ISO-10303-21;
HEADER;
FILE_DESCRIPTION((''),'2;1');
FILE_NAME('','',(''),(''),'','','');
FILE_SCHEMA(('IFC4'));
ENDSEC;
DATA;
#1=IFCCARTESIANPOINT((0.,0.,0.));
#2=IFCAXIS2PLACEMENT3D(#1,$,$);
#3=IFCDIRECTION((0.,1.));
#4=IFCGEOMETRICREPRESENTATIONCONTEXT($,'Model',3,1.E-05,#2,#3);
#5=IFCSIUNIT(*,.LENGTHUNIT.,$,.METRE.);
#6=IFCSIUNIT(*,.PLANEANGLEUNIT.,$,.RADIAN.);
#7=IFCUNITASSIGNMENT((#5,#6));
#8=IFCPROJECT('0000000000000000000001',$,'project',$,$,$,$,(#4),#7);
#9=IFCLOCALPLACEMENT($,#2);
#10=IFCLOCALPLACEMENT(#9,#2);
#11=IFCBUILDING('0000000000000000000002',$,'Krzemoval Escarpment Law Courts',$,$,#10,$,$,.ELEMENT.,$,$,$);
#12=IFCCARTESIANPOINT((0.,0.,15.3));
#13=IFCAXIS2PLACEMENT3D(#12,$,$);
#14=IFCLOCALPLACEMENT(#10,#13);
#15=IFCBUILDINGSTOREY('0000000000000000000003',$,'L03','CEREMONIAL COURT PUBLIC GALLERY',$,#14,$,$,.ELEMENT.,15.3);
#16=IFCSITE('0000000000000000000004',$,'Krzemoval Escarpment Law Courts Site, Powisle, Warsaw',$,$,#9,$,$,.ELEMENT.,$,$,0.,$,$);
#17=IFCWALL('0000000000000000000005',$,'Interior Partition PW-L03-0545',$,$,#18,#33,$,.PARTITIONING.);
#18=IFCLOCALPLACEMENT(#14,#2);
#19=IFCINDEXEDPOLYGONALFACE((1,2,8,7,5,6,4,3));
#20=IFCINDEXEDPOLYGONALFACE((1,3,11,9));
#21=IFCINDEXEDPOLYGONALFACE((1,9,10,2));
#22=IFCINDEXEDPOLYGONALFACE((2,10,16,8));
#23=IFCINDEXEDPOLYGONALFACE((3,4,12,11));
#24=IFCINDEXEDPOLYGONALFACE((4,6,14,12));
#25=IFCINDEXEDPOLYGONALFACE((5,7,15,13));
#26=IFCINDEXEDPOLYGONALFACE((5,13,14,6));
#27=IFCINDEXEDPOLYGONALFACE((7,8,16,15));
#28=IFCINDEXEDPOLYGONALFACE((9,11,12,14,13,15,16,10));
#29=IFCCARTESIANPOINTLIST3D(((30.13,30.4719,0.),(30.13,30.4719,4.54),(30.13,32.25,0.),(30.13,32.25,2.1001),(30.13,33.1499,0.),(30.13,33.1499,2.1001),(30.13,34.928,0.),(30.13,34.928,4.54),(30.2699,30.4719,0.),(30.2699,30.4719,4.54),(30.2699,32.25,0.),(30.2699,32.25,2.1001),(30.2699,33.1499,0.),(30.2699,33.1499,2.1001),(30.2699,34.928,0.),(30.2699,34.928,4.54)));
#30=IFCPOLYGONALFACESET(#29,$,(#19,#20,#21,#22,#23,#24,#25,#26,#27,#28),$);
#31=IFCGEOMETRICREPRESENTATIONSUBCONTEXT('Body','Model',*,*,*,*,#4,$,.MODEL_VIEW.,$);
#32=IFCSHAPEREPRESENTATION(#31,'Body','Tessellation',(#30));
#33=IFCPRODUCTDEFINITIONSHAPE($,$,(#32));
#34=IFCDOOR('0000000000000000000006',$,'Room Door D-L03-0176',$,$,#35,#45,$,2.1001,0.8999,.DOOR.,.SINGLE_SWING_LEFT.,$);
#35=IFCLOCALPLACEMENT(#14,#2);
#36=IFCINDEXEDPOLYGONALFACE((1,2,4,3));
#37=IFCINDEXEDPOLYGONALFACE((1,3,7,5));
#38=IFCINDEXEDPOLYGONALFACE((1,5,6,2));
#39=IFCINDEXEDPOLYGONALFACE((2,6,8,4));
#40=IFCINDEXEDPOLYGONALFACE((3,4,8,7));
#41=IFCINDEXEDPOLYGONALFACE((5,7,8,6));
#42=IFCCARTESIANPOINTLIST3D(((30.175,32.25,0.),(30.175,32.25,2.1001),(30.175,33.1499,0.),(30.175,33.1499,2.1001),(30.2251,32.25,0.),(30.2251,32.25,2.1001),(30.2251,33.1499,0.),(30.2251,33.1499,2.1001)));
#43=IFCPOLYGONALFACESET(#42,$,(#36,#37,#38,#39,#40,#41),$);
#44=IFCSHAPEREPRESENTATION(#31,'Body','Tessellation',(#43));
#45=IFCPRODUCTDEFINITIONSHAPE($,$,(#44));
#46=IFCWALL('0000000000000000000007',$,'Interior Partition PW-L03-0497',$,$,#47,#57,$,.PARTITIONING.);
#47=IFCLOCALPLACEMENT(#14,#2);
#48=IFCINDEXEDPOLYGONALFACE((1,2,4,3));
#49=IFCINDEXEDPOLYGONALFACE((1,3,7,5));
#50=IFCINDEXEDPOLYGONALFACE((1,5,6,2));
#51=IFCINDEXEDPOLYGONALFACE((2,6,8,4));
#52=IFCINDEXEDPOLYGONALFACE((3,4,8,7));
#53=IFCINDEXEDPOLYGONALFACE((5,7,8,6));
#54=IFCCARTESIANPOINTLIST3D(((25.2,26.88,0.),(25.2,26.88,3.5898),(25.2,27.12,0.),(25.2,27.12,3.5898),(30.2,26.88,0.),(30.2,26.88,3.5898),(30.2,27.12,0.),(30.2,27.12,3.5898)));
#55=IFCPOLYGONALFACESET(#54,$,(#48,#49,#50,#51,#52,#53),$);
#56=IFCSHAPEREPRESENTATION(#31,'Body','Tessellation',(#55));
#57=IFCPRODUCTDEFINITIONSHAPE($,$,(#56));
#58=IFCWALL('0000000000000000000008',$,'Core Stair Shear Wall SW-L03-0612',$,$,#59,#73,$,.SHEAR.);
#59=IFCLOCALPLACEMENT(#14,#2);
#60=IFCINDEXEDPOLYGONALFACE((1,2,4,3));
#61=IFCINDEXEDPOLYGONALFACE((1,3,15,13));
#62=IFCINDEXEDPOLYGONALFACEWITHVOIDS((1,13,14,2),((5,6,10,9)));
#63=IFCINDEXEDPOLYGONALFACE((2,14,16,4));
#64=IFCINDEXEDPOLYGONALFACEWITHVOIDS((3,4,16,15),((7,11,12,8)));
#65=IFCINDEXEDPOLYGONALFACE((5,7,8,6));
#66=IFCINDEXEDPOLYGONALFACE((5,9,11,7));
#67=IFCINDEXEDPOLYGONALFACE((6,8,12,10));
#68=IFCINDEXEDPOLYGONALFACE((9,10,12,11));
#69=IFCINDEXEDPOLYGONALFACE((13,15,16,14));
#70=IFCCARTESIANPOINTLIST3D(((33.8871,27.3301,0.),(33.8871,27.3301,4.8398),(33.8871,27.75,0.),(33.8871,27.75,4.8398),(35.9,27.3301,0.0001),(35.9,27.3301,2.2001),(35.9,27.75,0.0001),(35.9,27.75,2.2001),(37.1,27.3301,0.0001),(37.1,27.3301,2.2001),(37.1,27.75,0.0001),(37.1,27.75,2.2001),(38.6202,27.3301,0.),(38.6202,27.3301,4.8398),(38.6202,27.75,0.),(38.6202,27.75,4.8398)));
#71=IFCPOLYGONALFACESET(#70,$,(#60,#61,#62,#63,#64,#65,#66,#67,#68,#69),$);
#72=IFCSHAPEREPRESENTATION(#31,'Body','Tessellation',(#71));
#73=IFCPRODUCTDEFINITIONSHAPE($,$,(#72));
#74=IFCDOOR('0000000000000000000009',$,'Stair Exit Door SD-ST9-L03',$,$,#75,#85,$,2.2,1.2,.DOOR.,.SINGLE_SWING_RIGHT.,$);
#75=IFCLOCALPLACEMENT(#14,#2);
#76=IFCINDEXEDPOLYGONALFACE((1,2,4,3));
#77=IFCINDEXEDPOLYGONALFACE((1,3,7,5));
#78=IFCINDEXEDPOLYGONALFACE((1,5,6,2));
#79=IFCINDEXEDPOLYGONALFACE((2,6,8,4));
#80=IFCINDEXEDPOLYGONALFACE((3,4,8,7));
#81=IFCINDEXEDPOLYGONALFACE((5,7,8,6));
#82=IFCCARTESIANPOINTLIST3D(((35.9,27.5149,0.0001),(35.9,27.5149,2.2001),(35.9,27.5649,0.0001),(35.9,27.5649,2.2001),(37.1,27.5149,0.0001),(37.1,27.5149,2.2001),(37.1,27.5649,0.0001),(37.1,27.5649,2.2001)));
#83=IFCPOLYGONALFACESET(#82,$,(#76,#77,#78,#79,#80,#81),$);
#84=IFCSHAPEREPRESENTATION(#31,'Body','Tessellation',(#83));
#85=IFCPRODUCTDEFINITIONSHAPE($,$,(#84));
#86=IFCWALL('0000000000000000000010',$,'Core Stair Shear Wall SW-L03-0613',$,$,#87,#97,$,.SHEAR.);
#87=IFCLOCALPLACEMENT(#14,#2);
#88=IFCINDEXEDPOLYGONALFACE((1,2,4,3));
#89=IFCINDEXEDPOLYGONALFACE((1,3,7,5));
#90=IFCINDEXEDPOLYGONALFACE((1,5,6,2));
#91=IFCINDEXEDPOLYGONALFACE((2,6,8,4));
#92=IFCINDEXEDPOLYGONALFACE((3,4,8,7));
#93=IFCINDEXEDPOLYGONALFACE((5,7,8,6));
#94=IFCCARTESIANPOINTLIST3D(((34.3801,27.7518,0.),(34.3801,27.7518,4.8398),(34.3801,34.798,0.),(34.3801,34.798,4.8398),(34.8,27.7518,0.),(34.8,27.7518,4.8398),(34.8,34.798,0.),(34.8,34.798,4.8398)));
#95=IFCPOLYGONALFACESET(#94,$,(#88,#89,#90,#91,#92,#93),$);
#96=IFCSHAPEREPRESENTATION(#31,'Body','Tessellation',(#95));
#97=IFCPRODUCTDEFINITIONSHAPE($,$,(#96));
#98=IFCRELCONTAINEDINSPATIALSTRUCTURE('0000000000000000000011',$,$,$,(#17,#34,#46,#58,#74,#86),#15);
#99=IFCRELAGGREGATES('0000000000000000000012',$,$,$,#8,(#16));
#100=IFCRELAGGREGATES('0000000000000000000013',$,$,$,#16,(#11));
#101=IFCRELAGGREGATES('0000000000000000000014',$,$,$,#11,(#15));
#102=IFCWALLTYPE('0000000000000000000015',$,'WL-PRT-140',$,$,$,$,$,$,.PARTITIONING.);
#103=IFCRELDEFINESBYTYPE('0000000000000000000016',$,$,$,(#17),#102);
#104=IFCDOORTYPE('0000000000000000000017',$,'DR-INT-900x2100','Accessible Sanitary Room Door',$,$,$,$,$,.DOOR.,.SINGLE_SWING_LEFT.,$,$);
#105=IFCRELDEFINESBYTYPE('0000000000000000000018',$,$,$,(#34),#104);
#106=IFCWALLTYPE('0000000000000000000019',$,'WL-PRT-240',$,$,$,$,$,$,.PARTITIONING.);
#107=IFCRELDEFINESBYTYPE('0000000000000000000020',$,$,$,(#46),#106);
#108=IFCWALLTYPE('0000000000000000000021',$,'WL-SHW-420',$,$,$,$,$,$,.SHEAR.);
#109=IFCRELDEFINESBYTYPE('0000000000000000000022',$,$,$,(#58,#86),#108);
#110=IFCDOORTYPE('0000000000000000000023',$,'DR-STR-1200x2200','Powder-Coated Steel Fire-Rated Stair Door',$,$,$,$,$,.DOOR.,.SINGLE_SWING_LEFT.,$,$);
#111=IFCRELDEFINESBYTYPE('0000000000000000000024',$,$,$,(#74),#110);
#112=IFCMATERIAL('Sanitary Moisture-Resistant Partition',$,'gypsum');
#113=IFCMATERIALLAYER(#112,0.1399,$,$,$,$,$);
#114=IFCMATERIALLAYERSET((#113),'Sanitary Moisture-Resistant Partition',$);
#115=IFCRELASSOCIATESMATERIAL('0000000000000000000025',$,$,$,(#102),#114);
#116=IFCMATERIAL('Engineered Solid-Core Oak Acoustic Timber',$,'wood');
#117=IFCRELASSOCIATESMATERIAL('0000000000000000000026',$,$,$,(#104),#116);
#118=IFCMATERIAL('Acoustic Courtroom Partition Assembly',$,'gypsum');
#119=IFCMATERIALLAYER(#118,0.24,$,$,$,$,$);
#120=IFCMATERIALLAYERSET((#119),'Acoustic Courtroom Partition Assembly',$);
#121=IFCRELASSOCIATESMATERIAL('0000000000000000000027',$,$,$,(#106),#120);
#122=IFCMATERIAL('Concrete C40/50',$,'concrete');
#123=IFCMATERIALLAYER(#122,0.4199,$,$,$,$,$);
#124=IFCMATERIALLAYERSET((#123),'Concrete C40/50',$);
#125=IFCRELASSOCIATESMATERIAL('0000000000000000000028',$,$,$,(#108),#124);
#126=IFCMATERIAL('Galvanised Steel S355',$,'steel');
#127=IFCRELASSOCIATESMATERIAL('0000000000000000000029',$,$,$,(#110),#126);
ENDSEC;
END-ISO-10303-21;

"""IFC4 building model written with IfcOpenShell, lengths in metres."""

from ifc_helpers import new_model, si_unit, direction, frame, frame_2d, origin, place, context, subcontext, project, spatial, rectangle, extrude, material, layer, layer_set, type_object, element, fill, save


model = new_model("IFC4")

# Units and contexts
model_context = context("Model", 3, precision=1e-05, world=origin(), true_north=direction((0.0, 1.0)))
body_context = subcontext(model_context, "Body", "Model", "MODEL_VIEW")
ifc_project = project(units=[si_unit("LENGTHUNIT", "METRE"), si_unit("PLANEANGLEUNIT", "RADIAN")], contexts=[model_context])

# Site, building, storey
site_placement = place(None, origin())
site = spatial("IfcSite", under=ifc_project, at=site_placement, Name="Krzemoval Escarpment Law Courts Site, Powisle, Warsaw", CompositionType="ELEMENT", RefElevation=0.0)
building_placement = place(site_placement, origin())
building = spatial("IfcBuilding", under=site, at=building_placement, Name="Krzemoval Escarpment Law Courts", CompositionType="ELEMENT")
storey_placement = place(building_placement, frame((0.0, 0.0, 15.3)))
storey = spatial("IfcBuildingStorey", under=building, at=storey_placement, Name="L03", Description="CEREMONIAL COURT PUBLIC GALLERY", CompositionType="ELEMENT", Elevation=15.3)

# Shared definitions
ifc_material_1 = material(Name="Sanitary Moisture-Resistant Partition", Category="gypsum")
ifc_layer_1 = layer(ifc_material_1, 0.1399)
ifc_layer_set_1 = layer_set([ifc_layer_1], Name="Sanitary Moisture-Resistant Partition")
wall_type_1 = type_object("IfcWallType", Name="WL-PRT-140", PredefinedType="PARTITIONING", material=ifc_layer_set_1)
ifc_material_2 = material(Name="Engineered Solid-Core Oak Acoustic Timber", Category="wood")
door_type_1 = type_object("IfcDoorType", Name="DR-INT-900x2100", Description="Accessible Sanitary Room Door", OperationType="SINGLE_SWING_LEFT", PredefinedType="DOOR", material=ifc_material_2)

# Wall, opening, door
wall_1_placement = place(storey_placement, frame((30.2, 30.4719, 0.0), z_axis=(0.0, 0.0, 1.0), x_axis=(0.0, 1.0, 0.0)))
wall_1 = element("IfcWall", 1, at=wall_1_placement, inside=storey, type_object=wall_type_1, Name="Interior Partition PW-L03-0545", PredefinedType="PARTITIONING", context=body_context, shape_type="SweptSolid", body=[
    extrude(rectangle(XDim=4.4561, YDim=0.1399, at=frame_2d((2.228, 0.0))), origin(), (0.0, 0.0, 1.0), 4.54),
])
opening_1_placement = place(wall_1_placement, frame((1.7781, 0.0, 0.0)))
opening_1 = element("IfcOpeningElement", 2, at=opening_1_placement, cuts=wall_1, PredefinedType="OPENING", context=body_context, shape_type="SweptSolid", body=[
    extrude(rectangle(XDim=0.8999, YDim=2.1001, at=frame_2d((0.45, 1.05))), frame((0.0, 0.0849, 0.0), z_axis=(0.0, -1.0, 0.0), x_axis=(1.0, 0.0, 0.0)), (0.0, 0.0, 1.0), 0.1699),
])
door_1_placement = place(opening_1_placement, origin())
door_1 = element("IfcDoor", 3, at=door_1_placement, inside=storey, type_object=door_type_1, Name="Room Door D-L03-0176", OperationType="SINGLE_SWING_LEFT", OverallHeight=2.1001, OverallWidth=0.8999, PredefinedType="DOOR", context=body_context, shape_type="SweptSolid", body=[
    extrude(rectangle(XDim=0.8999, YDim=2.1001, at=frame_2d((0.45, 1.05))), frame((0.0, 0.0249, 0.0), z_axis=(0.0, -1.0, 0.0), x_axis=(1.0, 0.0, 0.0)), (0.0, 0.0, 1.0), 0.05),
])
fill(opening_1, door_1)

# Wall
ifc_material_3 = material(Name="Acoustic Courtroom Partition Assembly", Category="gypsum")
ifc_layer_2 = layer(ifc_material_3, 0.24)
ifc_layer_set_2 = layer_set([ifc_layer_2], Name="Acoustic Courtroom Partition Assembly")
wall_type_2 = type_object("IfcWallType", Name="WL-PRT-240", PredefinedType="PARTITIONING", material=ifc_layer_set_2)
wall_2_placement = place(storey_placement, frame((25.2, 27.0, 0.0), z_axis=(0.0, 0.0, 1.0), x_axis=(1.0, 0.0, 0.0)))
element("IfcWall", 4, at=wall_2_placement, inside=storey, type_object=wall_type_2, Name="Interior Partition PW-L03-0497", PredefinedType="PARTITIONING", context=body_context, shape_type="SweptSolid", body=[
    extrude(rectangle(XDim=5.0, YDim=0.24, at=frame_2d((2.5, 0.0))), origin(), (0.0, 0.0, 1.0), 3.5898),
])

# Wall, opening, door
ifc_material_4 = material(Name="Concrete C40/50", Category="concrete")
ifc_layer_3 = layer(ifc_material_4, 0.4199)
ifc_layer_set_3 = layer_set([ifc_layer_3], Name="Concrete C40/50")
wall_type_3 = type_object("IfcWallType", Name="WL-SHW-420", PredefinedType="SHEAR", material=ifc_layer_set_3)
wall_3_placement = place(storey_placement, frame((33.887, 27.54, 0.0), z_axis=(0.0, 0.0, 1.0), x_axis=(1.0, 0.0, 0.0)))
wall_3 = element("IfcWall", 5, at=wall_3_placement, inside=storey, type_object=wall_type_3, Name="Core Stair Shear Wall SW-L03-0612", PredefinedType="SHEAR", context=body_context, shape_type="SweptSolid", body=[
    extrude(rectangle(XDim=4.7332, YDim=0.4199, at=frame_2d((2.3667, 0.0))), origin(), (0.0, 0.0, 1.0), 4.8398),
])
opening_2_placement = place(wall_3_placement, frame((2.0129, 0.0, 0.0)))
opening_2 = element("IfcOpeningElement", 6, at=opening_2_placement, cuts=wall_3, PredefinedType="OPENING", context=body_context, shape_type="SweptSolid", body=[
    extrude(rectangle(XDim=1.2, YDim=2.2, at=frame_2d((0.6001, 1.1001))), frame((0.0, 0.225, 0.0), z_axis=(0.0, -1.0, 0.0), x_axis=(1.0, 0.0, 0.0)), (0.0, 0.0, 1.0), 0.4499),
])
ifc_material_5 = material(Name="Galvanised Steel S355", Category="steel")
door_type_2 = type_object("IfcDoorType", Name="DR-STR-1200x2200", Description="Powder-Coated Steel Fire-Rated Stair Door", OperationType="SINGLE_SWING_LEFT", PredefinedType="DOOR", material=ifc_material_5)
door_2_placement = place(opening_2_placement, origin())
door_2 = element("IfcDoor", 7, at=door_2_placement, inside=storey, type_object=door_type_2, Name="Stair Exit Door SD-ST9-L03", OperationType="SINGLE_SWING_RIGHT", OverallHeight=2.2, OverallWidth=1.2, PredefinedType="DOOR", context=body_context, shape_type="SweptSolid", body=[
    extrude(rectangle(XDim=1.2, YDim=2.2, at=frame_2d((0.6001, 1.1001))), frame((0.0, 0.0249, 0.0), z_axis=(0.0, -1.0, 0.0), x_axis=(1.0, 0.0, 0.0)), (0.0, 0.0, 1.0), 0.05),
])
fill(opening_2, door_2)

# Wall
wall_4_placement = place(storey_placement, frame((34.5901, 27.752, 0.0), z_axis=(0.0, 0.0, 1.0), x_axis=(0.0, 1.0, 0.0)))
element("IfcWall", 8, at=wall_4_placement, inside=storey, type_object=wall_type_3, Name="Core Stair Shear Wall SW-L03-0613", PredefinedType="SHEAR", context=body_context, shape_type="SweptSolid", body=[
    extrude(rectangle(XDim=7.0461, YDim=0.4199, at=frame_2d((3.5229, 0.0))), origin(), (0.0, 0.0, 1.0), 4.8398),
])

save(model, "model.ifc")
